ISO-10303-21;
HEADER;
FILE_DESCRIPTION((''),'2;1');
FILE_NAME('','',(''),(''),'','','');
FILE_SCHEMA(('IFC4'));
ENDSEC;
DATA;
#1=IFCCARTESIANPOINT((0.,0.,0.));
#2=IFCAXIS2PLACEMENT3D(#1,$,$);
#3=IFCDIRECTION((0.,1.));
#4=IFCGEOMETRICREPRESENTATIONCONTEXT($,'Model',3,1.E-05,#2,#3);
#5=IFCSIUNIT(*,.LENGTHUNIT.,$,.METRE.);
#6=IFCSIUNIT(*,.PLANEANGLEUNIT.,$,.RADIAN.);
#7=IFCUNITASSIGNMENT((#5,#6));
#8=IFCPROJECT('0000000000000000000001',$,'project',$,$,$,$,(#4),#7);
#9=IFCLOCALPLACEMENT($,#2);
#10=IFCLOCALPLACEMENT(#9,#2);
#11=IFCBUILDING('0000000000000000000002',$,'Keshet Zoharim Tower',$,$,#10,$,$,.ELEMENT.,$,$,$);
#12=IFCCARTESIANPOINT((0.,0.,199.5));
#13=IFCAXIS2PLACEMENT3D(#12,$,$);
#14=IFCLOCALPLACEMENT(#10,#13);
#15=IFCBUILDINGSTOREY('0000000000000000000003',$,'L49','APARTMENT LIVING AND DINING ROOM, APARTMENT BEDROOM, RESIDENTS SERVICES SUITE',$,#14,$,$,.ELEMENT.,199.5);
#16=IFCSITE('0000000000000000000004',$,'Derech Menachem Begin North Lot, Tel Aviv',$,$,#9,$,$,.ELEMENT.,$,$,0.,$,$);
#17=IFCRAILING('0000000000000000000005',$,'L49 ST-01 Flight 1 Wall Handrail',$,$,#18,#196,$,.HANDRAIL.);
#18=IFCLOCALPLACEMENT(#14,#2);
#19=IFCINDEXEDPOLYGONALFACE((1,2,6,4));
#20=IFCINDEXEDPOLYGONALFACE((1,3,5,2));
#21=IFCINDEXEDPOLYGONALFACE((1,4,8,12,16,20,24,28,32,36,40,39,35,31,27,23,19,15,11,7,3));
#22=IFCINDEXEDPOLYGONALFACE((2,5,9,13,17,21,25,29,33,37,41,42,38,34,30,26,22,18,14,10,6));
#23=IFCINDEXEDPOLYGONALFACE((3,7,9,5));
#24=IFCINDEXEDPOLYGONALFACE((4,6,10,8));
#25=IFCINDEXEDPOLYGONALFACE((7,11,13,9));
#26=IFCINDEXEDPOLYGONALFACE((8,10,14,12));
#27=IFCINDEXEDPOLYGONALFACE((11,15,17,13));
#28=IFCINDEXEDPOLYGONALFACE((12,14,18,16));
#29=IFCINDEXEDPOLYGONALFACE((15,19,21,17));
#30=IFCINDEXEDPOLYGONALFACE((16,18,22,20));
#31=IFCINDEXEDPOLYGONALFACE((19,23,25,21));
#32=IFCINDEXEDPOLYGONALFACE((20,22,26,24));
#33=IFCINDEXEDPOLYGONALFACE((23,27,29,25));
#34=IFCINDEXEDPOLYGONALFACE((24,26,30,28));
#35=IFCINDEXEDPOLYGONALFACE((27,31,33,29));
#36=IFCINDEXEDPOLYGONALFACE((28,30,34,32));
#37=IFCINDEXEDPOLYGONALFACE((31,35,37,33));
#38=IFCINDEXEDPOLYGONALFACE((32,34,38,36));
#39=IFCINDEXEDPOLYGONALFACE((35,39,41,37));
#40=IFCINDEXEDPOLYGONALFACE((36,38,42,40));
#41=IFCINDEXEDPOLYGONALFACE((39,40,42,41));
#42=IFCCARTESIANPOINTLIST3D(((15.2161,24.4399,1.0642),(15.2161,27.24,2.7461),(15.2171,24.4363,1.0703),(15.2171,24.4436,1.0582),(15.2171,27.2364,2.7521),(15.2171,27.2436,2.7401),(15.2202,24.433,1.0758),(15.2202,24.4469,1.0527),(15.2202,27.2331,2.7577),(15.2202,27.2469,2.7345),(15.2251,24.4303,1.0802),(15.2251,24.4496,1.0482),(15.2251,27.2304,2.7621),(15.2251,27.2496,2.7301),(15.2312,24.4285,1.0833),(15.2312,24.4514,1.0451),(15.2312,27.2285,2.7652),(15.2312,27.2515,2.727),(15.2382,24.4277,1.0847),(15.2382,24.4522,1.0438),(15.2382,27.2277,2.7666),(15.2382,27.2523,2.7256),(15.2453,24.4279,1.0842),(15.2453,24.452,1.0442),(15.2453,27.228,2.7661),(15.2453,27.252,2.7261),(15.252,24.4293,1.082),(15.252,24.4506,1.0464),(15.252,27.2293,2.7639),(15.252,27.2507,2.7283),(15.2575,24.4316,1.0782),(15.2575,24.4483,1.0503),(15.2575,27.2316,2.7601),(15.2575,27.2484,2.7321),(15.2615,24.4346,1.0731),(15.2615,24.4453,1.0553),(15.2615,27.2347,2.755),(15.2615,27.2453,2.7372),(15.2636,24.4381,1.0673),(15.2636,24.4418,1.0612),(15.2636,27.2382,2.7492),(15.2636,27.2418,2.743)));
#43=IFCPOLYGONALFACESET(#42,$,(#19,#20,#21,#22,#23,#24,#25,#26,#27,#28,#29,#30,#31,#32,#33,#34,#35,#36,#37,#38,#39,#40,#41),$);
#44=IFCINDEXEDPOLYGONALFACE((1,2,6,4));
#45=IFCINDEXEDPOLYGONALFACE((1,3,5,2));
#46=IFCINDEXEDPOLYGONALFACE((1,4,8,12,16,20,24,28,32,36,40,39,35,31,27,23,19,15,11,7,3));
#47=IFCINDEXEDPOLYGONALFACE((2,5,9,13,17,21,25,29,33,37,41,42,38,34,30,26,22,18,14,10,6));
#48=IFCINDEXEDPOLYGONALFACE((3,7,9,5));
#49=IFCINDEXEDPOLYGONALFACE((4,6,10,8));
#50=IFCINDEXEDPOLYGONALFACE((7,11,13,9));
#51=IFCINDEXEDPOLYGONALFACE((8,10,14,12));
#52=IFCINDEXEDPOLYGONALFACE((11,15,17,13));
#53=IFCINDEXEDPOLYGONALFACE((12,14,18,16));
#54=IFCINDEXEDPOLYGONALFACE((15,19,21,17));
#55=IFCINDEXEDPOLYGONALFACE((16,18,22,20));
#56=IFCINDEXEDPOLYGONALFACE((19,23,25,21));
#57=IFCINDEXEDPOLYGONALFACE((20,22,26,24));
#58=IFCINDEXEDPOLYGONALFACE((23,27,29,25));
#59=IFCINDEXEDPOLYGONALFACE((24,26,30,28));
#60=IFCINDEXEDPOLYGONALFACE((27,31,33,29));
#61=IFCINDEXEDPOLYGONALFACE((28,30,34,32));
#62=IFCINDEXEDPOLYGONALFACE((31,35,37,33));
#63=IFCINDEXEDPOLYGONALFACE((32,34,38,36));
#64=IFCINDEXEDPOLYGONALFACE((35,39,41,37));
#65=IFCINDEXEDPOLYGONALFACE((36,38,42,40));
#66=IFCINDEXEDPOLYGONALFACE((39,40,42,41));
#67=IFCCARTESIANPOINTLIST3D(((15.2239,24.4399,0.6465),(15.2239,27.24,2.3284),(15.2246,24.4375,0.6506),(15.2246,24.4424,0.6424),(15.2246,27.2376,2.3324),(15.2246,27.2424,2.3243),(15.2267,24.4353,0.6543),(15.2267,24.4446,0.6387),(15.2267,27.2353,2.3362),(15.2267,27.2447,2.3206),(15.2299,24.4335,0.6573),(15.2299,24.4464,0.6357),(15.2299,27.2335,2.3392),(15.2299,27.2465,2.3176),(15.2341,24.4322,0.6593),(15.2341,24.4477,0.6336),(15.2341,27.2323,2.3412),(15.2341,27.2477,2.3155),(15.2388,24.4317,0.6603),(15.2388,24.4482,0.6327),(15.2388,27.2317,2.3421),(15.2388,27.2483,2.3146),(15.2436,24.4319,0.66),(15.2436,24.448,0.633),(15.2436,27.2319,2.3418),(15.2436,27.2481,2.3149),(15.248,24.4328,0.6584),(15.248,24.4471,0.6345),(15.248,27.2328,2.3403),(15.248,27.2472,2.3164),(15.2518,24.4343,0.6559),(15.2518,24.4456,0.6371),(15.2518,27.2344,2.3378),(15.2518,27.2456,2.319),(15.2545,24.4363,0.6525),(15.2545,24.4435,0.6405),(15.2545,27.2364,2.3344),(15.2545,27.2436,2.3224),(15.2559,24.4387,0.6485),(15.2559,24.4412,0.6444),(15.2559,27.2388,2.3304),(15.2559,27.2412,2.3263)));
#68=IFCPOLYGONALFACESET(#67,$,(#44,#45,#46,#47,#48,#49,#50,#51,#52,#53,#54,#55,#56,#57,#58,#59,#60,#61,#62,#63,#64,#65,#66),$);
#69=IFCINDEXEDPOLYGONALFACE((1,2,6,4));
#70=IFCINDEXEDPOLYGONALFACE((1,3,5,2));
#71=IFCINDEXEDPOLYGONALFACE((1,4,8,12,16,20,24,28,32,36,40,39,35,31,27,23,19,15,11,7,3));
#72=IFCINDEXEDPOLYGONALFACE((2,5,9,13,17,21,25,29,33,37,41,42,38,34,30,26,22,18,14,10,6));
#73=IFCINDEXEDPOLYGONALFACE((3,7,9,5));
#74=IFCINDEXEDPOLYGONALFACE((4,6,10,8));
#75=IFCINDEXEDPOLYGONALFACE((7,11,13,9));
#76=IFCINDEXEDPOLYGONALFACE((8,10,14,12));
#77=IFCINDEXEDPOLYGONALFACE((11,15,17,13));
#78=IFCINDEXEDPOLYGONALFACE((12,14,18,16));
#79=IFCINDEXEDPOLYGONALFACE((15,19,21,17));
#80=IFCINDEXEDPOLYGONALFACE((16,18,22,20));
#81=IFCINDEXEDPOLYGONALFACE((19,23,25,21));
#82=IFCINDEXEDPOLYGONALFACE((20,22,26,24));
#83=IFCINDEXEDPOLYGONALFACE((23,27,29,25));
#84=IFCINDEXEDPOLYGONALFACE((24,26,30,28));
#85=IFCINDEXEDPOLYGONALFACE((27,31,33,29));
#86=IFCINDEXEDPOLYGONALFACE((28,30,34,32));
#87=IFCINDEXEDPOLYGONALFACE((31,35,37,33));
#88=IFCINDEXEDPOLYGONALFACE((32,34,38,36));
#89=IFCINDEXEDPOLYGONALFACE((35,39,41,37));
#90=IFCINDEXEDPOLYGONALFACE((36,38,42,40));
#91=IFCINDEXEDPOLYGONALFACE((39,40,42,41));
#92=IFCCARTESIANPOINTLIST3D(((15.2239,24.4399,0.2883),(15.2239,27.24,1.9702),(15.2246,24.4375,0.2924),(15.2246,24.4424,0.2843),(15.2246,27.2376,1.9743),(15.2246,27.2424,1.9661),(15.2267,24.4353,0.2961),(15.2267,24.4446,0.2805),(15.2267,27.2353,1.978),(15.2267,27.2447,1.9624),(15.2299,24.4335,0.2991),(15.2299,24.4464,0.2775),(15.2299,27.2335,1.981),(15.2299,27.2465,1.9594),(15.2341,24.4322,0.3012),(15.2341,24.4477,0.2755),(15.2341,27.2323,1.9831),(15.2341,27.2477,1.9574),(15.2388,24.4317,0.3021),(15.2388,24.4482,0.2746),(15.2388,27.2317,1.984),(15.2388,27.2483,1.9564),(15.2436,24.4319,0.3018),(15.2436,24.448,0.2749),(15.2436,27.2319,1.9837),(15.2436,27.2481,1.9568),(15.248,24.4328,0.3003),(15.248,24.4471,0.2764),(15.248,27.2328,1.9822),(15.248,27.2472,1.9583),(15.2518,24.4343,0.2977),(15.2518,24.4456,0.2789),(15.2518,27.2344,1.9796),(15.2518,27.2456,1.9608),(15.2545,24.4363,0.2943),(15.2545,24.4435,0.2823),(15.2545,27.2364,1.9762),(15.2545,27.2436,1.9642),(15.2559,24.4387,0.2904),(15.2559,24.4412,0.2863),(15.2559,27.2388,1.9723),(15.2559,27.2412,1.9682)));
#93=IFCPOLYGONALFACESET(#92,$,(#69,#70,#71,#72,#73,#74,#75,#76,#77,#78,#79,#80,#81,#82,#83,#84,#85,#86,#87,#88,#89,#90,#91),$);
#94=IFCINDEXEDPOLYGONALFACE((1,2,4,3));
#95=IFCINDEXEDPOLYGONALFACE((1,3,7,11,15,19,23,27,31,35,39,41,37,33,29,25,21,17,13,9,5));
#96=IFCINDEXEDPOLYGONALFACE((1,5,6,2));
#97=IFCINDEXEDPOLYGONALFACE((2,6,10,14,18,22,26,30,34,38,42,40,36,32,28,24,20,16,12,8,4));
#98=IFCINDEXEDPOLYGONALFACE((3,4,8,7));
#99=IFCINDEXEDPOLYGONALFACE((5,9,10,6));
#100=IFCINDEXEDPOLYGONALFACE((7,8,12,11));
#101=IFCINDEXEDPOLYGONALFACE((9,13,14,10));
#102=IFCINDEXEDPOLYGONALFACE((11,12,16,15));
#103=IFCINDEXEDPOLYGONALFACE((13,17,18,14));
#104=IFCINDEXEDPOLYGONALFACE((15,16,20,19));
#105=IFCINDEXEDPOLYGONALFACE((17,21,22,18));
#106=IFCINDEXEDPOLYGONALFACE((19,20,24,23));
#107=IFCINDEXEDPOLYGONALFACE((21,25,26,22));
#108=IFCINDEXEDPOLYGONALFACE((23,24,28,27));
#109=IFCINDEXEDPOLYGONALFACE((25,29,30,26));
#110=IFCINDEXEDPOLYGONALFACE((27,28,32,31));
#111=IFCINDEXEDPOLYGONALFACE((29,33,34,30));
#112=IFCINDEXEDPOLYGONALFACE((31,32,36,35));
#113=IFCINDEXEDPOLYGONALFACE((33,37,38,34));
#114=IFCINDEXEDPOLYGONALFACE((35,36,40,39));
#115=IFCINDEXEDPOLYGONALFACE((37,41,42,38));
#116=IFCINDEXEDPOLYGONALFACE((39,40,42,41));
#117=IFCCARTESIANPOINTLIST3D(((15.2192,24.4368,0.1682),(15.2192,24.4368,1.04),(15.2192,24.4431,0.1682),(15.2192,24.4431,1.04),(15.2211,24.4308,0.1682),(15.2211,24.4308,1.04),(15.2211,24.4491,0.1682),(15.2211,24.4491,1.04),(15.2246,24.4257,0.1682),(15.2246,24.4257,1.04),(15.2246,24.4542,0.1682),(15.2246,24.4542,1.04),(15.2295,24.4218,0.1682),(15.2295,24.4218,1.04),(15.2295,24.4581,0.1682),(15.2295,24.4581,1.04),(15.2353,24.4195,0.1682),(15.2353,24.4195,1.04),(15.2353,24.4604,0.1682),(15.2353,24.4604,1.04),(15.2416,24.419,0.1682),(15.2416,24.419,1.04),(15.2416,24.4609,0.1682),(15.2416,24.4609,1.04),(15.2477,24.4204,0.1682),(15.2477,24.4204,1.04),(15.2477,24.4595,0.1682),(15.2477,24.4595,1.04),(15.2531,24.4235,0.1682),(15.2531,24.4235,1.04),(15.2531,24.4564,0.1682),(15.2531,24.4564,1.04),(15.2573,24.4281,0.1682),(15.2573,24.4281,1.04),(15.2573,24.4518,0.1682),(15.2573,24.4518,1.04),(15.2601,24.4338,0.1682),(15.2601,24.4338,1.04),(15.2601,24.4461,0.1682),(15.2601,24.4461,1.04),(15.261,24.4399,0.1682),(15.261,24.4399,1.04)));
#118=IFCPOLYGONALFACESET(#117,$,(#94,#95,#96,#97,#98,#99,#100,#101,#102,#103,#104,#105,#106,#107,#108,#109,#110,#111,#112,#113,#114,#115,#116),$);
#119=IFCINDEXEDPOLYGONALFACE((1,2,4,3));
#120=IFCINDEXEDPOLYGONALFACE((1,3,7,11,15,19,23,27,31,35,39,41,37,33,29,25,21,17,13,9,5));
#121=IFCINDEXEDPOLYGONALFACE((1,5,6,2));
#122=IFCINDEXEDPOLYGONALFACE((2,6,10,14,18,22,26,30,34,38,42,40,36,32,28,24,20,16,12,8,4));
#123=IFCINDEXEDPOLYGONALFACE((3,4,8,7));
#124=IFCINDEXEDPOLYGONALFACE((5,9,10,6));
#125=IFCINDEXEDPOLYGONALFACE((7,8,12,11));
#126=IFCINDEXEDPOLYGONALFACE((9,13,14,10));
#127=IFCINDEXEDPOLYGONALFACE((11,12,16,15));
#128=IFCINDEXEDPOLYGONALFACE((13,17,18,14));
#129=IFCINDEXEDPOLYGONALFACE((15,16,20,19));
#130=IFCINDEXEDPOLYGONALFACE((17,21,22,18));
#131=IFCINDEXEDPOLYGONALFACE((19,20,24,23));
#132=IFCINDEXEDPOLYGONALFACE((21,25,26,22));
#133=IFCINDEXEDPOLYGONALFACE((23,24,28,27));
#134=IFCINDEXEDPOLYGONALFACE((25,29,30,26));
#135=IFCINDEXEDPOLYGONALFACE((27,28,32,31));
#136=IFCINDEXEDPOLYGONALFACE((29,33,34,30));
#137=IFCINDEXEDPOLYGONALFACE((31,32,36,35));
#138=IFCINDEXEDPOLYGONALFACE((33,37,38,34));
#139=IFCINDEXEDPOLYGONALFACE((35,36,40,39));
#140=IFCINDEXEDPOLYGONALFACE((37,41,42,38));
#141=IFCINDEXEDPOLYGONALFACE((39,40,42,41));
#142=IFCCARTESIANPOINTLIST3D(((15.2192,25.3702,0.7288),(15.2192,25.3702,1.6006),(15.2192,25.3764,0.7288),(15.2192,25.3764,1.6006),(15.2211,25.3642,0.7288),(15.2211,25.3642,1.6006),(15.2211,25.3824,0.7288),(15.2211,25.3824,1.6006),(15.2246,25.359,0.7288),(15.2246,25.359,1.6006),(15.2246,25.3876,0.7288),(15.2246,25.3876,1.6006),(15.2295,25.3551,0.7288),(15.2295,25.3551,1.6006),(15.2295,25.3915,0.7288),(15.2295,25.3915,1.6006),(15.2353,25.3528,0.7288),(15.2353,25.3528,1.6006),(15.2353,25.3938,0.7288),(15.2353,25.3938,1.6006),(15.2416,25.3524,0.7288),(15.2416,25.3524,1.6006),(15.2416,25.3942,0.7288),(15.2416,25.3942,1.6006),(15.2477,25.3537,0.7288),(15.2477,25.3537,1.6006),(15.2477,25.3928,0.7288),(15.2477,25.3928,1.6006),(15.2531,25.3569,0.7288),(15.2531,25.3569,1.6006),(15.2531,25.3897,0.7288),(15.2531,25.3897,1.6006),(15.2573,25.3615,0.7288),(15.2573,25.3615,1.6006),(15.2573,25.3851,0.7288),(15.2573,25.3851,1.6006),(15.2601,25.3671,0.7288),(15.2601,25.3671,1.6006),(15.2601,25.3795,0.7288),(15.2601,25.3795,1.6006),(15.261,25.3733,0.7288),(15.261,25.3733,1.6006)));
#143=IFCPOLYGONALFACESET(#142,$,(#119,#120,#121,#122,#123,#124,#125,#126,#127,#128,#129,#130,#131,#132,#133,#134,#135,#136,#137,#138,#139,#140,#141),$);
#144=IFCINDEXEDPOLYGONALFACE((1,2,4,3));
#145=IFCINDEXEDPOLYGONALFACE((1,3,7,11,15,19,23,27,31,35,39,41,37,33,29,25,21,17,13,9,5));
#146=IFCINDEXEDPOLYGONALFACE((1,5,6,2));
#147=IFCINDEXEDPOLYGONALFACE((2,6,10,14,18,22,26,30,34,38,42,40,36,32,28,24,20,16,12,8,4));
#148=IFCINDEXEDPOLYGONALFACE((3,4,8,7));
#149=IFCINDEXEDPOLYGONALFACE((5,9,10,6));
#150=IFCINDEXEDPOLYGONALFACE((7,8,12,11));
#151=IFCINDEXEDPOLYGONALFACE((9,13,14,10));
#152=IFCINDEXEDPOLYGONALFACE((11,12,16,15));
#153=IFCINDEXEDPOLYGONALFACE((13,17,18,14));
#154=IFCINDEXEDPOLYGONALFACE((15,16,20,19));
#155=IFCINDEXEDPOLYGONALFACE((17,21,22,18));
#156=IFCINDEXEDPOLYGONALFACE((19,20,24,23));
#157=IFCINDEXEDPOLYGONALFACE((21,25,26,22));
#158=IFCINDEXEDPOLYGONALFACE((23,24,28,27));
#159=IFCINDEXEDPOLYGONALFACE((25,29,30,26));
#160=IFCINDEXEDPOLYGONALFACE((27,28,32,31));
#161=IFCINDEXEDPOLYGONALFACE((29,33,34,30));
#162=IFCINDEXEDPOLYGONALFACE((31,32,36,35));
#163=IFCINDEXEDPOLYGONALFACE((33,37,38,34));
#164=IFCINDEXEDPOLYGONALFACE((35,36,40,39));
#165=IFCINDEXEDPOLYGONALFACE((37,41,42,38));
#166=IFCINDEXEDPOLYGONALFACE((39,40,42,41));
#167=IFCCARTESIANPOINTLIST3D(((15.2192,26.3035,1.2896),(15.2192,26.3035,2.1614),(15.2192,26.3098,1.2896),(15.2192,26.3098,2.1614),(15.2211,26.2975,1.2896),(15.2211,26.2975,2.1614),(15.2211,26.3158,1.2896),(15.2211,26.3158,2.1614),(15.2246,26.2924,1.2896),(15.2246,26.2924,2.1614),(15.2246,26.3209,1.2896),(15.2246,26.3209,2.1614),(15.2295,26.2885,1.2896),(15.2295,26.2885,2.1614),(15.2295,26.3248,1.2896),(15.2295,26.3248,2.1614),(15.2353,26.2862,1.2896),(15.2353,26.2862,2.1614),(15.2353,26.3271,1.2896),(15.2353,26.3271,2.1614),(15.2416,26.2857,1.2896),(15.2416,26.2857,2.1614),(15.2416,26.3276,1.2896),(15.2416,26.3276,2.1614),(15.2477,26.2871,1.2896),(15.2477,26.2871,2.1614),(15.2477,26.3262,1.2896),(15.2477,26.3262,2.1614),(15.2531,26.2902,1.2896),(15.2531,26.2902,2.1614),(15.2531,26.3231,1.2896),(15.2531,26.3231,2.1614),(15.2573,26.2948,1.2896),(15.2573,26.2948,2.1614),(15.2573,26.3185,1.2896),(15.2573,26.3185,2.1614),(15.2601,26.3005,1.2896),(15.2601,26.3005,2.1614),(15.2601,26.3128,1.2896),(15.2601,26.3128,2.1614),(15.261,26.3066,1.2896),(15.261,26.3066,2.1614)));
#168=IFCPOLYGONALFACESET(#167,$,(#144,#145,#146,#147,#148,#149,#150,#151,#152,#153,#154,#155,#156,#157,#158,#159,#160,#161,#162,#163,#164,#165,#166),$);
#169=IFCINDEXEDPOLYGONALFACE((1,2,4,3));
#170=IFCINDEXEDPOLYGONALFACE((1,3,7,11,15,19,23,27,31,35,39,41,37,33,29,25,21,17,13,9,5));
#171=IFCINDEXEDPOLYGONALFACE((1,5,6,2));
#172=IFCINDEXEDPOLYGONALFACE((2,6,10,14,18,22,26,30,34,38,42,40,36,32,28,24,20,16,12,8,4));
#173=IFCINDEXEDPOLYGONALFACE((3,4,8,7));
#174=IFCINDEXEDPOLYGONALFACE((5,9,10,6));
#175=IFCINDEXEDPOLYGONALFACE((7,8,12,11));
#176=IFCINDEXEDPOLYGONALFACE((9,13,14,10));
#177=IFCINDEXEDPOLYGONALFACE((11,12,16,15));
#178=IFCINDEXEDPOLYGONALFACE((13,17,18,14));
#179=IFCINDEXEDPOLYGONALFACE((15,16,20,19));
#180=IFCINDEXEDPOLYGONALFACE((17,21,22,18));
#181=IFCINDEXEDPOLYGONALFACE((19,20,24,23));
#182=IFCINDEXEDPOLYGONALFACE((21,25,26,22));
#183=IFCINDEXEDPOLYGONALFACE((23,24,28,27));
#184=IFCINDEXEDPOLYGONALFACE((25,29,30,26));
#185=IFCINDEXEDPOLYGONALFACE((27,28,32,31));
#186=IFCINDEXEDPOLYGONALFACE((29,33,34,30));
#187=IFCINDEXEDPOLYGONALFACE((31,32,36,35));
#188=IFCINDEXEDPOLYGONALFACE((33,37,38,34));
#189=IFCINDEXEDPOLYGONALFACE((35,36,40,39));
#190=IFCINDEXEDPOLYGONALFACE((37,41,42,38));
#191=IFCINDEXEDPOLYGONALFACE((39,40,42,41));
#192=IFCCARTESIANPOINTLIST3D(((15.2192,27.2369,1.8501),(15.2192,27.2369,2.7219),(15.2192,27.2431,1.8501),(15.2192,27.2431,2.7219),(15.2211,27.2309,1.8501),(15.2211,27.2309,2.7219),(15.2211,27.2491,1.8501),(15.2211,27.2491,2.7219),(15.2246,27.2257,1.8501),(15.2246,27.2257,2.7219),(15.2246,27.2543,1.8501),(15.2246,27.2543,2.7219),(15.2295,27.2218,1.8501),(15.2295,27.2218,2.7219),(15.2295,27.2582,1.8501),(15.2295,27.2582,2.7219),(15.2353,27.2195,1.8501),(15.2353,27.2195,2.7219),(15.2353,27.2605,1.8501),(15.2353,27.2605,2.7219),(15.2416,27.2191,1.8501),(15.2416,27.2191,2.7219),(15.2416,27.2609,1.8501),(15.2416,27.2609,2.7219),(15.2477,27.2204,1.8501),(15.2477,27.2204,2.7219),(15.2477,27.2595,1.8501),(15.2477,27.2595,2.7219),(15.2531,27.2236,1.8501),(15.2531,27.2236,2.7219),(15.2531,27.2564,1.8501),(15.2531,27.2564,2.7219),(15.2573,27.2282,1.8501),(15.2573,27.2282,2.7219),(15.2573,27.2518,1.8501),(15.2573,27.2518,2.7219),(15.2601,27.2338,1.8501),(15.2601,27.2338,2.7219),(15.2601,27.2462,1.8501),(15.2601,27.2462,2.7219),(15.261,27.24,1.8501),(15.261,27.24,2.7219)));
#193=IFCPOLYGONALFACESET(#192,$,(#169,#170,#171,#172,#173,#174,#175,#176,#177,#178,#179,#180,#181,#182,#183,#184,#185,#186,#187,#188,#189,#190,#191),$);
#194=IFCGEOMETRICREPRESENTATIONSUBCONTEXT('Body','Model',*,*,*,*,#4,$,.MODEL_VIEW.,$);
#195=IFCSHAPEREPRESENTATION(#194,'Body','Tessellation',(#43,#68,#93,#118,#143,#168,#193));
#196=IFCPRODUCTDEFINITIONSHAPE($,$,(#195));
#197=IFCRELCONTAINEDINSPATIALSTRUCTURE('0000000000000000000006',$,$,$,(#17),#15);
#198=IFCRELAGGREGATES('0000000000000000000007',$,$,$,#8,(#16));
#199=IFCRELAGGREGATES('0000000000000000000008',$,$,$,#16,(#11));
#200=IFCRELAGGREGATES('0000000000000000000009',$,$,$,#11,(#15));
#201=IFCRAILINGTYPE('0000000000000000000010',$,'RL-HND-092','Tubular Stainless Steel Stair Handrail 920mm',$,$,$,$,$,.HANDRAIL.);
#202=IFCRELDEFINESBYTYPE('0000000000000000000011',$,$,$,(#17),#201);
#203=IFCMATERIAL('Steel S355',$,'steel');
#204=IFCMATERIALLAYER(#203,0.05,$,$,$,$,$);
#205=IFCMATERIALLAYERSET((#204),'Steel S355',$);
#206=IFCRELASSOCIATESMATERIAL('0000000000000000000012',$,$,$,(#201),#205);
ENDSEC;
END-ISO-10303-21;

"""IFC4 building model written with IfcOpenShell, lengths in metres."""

from ifc_helpers import new_model, si_unit, direction, frame, origin, origin_2d, place, context, subcontext, project, spatial, circle, extrude, material, layer, layer_set, type_object, element, save


model = new_model("IFC4")

# Units and contexts
model_context = context("Model", 3, precision=1e-05, world=origin(), true_north=direction((0.0, 1.0)))
body_context = subcontext(model_context, "Body", "Model", "MODEL_VIEW")
ifc_project = project(units=[si_unit("LENGTHUNIT", "METRE"), si_unit("PLANEANGLEUNIT", "RADIAN")], contexts=[model_context])

# Site, building, storey
site_placement = place(None, origin())
site = spatial("IfcSite", under=ifc_project, at=site_placement, Name="Derech Menachem Begin North Lot, Tel Aviv", CompositionType="ELEMENT", RefElevation=0.0)
building_placement = place(site_placement, origin())
building = spatial("IfcBuilding", under=site, at=building_placement, Name="Keshet Zoharim Tower", CompositionType="ELEMENT")
storey_placement = place(building_placement, frame((0.0, 0.0, 199.5)))
storey = spatial("IfcBuildingStorey", under=building, at=storey_placement, Name="L49", Description="APARTMENT LIVING AND DINING ROOM, APARTMENT BEDROOM, RESIDENTS SERVICES SUITE", CompositionType="ELEMENT", Elevation=199.5)

# Shared definitions
ifc_material_1 = material(Name="Steel S355", Category="steel")

# Railing
ifc_layer_1 = layer(ifc_material_1, 0.05)
ifc_layer_set_1 = layer_set([ifc_layer_1], Name="Steel S355")
railing_type_1 = type_object("IfcRailingType", Name="RL-HND-092", Description="Tubular Stainless Steel Stair Handrail 920mm", PredefinedType="HANDRAIL", material=ifc_layer_set_1)
railing_1_placement = place(storey_placement, frame((15.24, 24.4399, 0.1682)))
element("IfcRailing", 1, at=railing_1_placement, inside=storey, type_object=railing_type_1, Name="L49 ST-01 Flight 1 Wall Handrail", PredefinedType="HANDRAIL", context=body_context, shape_type="SweptSolid", body=[
    extrude(circle(Radius=0.0239, at=origin_2d()), frame((0.0, 0.0, 0.896), z_axis=(0.0, 0.857242, 0.514913), x_axis=(-1.0, 0.0, 0.0)), (0.0, 0.0, 1.0), 3.2664),
    extrude(circle(Radius=0.0161, at=origin_2d()), frame((0.0, 0.0, 0.4783), z_axis=(0.0, 0.857242, 0.514913), x_axis=(-1.0, 0.0, 0.0)), (0.0, 0.0, 1.0), 3.2664),
    extrude(circle(Radius=0.0161, at=origin_2d()), frame((0.0, 0.0, 0.1201), z_axis=(0.0, 0.857242, 0.514913), x_axis=(-1.0, 0.0, 0.0)), (0.0, 0.0, 1.0), 3.2664),
    extrude(circle(Radius=0.021, at=origin_2d()), origin(), (0.0, 0.0, 1.0), 0.8718),
    extrude(circle(Radius=0.021, at=origin_2d()), frame((0.0, 0.9333, 0.5605)), (0.0, 0.0, 1.0), 0.8718),
    extrude(circle(Radius=0.021, at=origin_2d()), frame((0.0, 1.8667, 1.1213)), (0.0, 0.0, 1.0), 0.8718),
    extrude(circle(Radius=0.021, at=origin_2d()), frame((0.0, 2.8, 1.6819)), (0.0, 0.0, 1.0), 0.8718),
])

save(model, "model.ifc")
